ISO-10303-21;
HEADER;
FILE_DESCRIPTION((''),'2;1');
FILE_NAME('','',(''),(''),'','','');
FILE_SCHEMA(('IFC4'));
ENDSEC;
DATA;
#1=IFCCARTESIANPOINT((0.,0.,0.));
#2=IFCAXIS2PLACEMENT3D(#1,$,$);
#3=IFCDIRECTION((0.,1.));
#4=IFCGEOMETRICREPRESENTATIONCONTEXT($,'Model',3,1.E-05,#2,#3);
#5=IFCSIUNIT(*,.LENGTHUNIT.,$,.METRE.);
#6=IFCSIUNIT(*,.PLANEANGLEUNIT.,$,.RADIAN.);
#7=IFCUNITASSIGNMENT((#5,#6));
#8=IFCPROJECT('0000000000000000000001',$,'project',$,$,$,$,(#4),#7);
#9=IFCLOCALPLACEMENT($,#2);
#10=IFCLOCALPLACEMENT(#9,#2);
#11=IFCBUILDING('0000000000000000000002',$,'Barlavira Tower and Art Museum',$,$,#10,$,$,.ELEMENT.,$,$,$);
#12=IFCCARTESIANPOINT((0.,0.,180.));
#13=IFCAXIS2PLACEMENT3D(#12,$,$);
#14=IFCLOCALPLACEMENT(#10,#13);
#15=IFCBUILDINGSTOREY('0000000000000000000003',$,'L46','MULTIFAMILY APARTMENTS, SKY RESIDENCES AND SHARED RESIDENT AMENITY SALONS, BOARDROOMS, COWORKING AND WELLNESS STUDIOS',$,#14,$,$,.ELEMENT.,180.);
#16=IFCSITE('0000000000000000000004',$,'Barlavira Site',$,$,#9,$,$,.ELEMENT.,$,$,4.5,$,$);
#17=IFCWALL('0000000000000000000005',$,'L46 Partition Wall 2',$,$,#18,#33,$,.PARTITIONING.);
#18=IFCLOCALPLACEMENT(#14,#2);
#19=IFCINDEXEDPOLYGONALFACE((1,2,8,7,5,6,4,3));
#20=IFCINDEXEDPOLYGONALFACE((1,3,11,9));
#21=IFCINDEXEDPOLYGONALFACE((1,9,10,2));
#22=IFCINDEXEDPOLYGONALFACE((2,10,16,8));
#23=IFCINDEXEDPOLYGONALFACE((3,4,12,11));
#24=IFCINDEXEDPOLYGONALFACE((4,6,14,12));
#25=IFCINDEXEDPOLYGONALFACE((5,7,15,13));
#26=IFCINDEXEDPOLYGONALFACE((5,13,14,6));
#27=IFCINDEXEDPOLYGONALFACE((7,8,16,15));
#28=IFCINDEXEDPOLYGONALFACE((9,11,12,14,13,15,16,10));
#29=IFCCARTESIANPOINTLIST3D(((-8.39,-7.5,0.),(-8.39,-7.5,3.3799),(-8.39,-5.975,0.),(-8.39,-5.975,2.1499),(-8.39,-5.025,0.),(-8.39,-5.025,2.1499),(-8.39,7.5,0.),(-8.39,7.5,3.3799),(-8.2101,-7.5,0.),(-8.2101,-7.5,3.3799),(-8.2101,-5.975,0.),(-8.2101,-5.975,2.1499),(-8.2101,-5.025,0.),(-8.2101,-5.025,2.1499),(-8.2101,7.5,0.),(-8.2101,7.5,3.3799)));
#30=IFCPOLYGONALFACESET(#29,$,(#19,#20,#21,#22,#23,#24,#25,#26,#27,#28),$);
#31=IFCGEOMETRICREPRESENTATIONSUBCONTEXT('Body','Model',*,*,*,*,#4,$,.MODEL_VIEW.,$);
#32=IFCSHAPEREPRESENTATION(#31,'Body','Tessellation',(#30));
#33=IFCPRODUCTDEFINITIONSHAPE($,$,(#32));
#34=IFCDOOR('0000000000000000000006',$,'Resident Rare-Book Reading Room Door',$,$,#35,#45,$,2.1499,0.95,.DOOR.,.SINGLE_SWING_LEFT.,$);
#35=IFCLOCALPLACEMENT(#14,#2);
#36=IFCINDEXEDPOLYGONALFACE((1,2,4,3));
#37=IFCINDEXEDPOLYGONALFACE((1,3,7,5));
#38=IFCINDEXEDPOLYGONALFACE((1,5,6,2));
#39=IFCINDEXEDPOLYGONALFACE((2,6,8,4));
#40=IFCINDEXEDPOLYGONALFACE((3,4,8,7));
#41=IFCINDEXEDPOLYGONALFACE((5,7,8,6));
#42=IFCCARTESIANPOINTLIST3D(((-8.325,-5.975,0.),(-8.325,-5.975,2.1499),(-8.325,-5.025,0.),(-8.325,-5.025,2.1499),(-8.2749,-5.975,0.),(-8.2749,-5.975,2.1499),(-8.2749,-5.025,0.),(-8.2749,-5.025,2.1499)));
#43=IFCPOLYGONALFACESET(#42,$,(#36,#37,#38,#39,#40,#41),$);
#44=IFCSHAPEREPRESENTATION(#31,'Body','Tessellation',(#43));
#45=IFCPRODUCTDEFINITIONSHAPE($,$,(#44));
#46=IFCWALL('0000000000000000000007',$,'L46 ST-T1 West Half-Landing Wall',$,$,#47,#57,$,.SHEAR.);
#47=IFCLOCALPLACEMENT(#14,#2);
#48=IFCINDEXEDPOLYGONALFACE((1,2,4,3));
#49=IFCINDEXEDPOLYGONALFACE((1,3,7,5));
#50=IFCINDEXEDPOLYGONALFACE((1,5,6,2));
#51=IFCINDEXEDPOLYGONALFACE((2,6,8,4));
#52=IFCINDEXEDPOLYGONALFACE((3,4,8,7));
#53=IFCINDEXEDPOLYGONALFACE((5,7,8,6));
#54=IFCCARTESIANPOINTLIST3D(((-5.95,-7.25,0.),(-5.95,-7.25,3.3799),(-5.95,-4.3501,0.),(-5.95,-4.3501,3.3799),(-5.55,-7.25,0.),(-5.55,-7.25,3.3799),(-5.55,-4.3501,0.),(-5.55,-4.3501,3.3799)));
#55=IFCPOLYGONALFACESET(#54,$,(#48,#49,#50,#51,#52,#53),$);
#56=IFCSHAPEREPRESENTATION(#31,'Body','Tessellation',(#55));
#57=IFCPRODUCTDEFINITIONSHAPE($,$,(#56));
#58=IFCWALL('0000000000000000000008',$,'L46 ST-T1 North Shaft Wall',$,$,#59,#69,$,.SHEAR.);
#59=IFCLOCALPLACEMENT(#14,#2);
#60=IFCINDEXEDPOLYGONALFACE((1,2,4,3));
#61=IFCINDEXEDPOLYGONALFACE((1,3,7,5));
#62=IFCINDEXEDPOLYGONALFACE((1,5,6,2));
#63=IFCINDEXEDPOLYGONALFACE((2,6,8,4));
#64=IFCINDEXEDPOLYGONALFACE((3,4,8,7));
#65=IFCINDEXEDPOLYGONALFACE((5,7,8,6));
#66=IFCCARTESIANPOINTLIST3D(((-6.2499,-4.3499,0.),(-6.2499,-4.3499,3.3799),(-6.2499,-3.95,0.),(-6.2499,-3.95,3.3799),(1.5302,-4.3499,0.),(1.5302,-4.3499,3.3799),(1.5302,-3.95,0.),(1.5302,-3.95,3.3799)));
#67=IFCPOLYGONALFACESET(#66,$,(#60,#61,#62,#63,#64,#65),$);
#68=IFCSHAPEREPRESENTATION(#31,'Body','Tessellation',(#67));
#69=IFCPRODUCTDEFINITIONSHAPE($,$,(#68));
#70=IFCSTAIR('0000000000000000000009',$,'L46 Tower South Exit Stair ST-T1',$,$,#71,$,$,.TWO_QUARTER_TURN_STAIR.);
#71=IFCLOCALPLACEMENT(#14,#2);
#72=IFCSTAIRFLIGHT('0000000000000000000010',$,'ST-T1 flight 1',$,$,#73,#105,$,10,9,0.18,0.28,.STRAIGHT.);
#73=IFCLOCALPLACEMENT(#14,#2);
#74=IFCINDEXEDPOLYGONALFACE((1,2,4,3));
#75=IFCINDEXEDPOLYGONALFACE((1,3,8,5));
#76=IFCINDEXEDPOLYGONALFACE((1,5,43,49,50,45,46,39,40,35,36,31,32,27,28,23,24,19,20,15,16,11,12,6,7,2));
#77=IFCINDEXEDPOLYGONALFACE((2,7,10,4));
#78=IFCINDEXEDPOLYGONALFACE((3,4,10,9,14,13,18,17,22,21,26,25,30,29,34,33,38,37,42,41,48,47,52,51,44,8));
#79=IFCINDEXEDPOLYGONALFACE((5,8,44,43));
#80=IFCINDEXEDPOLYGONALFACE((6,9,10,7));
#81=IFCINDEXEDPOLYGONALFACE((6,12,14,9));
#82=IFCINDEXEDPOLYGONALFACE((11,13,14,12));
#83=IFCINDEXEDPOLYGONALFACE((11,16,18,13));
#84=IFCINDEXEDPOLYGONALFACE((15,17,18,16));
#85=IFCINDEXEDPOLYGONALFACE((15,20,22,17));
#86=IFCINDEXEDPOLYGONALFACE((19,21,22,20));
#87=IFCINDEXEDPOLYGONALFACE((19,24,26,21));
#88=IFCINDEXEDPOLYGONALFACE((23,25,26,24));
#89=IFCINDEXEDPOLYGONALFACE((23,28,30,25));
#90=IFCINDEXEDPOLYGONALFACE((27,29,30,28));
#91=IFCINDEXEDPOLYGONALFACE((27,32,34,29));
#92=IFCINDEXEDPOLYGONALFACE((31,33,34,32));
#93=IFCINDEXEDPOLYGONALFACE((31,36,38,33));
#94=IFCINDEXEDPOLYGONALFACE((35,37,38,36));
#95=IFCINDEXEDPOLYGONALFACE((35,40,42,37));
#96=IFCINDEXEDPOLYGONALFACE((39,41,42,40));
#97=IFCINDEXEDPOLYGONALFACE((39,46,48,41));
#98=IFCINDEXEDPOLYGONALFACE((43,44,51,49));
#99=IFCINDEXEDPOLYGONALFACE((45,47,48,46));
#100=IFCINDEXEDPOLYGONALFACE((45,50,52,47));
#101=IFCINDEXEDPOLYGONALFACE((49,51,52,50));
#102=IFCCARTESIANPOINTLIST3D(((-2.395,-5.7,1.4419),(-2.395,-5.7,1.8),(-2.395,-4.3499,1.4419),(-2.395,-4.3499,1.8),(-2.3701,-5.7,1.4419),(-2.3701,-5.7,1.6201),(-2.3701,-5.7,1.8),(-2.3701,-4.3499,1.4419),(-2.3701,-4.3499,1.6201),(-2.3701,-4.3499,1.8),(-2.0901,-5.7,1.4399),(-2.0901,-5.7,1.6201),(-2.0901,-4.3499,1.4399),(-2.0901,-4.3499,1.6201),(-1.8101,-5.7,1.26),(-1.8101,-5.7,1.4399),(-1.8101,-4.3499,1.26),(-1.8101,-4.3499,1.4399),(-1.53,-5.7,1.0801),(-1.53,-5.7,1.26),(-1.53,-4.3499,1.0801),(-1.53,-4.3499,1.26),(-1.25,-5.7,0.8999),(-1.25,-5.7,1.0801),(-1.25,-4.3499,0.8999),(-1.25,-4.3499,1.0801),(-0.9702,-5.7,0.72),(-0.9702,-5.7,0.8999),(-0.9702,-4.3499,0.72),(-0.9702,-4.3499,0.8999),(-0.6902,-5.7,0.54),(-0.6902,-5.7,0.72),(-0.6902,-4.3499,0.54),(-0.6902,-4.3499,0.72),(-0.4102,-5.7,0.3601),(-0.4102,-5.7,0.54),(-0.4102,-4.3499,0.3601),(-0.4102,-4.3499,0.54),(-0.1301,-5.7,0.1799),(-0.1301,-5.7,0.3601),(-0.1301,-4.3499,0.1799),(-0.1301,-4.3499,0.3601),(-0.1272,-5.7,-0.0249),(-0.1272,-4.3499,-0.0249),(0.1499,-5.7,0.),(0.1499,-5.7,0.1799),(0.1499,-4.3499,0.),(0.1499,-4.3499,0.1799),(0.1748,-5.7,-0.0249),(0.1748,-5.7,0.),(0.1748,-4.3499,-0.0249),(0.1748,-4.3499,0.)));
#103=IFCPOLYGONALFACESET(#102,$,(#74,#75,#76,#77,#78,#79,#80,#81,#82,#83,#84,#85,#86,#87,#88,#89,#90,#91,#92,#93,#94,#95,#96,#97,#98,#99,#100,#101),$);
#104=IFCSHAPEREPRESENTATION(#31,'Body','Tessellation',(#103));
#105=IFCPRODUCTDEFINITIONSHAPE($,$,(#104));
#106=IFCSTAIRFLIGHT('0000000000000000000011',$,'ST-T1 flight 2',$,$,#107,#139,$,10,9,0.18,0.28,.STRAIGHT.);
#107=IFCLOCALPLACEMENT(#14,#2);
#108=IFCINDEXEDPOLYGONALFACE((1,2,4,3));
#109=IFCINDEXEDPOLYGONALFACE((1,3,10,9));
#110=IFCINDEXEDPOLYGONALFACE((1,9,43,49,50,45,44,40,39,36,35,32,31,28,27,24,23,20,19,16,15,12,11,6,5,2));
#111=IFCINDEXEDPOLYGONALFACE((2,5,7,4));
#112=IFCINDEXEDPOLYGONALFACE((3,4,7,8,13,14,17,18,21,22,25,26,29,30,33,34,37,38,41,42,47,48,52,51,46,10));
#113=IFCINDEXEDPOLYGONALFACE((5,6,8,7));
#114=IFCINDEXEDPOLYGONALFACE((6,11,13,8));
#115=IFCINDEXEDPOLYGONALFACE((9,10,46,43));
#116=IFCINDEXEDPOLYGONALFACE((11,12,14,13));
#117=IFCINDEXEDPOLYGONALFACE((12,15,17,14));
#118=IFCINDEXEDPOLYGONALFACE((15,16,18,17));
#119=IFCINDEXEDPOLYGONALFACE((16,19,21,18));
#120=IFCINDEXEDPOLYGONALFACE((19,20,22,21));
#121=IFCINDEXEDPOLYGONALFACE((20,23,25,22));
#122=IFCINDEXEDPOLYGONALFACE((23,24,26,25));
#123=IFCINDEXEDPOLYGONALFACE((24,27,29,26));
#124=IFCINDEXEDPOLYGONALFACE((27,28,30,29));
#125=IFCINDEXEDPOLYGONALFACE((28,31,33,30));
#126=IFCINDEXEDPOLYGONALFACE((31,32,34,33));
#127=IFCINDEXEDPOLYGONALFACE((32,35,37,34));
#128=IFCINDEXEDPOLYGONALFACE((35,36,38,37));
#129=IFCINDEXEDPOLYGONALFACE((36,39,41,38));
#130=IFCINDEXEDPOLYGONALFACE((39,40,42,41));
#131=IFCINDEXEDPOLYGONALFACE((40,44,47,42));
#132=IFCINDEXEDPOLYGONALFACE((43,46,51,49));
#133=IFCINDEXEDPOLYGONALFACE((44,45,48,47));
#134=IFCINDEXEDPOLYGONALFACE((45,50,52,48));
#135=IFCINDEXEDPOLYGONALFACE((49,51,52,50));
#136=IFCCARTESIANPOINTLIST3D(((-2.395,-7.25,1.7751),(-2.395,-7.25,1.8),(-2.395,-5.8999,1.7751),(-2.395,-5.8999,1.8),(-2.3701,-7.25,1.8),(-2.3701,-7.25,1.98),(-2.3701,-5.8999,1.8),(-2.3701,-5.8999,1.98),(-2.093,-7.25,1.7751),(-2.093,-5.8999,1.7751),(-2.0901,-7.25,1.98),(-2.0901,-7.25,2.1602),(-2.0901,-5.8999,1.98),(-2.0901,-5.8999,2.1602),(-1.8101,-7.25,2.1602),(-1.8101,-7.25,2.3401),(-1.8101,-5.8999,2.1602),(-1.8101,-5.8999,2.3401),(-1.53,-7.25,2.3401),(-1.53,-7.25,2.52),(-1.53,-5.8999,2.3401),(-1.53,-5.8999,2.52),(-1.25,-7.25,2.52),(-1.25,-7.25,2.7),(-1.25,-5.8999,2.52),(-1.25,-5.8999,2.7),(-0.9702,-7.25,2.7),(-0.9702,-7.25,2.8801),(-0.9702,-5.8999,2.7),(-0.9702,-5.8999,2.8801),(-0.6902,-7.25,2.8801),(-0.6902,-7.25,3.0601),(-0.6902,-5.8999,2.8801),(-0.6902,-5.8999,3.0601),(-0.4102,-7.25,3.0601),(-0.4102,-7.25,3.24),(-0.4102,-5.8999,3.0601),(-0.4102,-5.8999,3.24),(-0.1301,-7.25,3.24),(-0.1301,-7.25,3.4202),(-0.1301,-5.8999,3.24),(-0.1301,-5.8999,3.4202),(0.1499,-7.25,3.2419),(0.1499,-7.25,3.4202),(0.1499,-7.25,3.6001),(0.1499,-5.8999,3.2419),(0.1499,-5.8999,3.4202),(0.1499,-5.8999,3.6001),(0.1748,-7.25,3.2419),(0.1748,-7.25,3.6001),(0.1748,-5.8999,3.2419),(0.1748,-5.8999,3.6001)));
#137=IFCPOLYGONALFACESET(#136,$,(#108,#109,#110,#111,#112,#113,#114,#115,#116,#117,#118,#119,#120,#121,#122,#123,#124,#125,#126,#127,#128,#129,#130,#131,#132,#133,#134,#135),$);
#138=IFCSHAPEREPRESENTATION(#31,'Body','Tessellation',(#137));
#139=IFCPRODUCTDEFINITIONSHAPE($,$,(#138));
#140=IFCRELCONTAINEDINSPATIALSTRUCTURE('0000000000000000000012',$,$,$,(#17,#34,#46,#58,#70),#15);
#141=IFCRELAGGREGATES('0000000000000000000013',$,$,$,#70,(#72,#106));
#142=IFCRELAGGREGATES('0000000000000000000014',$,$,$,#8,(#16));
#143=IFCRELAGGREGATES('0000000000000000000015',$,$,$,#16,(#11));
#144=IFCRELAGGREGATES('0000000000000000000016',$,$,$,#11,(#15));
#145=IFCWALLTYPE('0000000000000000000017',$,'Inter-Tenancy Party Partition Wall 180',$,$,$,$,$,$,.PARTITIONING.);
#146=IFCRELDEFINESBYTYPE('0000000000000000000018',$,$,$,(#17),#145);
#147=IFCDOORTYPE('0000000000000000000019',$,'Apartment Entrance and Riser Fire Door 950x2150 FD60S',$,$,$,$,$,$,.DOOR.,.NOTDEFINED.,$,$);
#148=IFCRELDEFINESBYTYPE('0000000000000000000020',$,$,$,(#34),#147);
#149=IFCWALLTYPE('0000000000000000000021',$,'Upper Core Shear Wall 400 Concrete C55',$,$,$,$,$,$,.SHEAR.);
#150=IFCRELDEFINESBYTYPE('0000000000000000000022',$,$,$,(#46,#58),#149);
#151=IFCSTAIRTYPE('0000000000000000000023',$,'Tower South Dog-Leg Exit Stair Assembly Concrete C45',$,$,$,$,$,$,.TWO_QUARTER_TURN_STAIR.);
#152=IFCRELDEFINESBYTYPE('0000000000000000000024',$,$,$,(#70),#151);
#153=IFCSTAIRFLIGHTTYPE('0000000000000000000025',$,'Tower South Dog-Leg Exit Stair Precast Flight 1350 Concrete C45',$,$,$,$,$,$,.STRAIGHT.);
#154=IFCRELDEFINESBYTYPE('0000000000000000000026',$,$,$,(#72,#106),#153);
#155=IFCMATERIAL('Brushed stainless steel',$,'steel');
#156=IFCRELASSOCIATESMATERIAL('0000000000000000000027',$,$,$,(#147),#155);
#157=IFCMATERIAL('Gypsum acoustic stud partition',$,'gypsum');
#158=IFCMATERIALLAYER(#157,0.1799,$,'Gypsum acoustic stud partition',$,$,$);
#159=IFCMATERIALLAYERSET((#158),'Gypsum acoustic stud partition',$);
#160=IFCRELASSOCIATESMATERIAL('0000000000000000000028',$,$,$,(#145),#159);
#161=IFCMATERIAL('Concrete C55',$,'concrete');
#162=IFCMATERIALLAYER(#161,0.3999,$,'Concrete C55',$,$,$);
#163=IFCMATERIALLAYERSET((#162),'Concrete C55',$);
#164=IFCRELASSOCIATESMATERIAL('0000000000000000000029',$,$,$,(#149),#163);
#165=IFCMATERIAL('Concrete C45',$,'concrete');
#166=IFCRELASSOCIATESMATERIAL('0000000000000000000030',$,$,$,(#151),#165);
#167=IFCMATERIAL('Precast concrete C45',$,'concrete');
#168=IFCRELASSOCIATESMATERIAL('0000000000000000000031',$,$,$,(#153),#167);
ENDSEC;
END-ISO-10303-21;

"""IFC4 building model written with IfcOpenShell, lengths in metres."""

from ifc_helpers import new_model, si_unit, direction, frame, frame_2d, origin, place, context, subcontext, project, spatial, polyline, rectangle, outline, extrude, material, layer, layer_set, type_object, element, fill, aggregate, save


model = new_model("IFC4")

# Units and contexts
model_context = context("Model", 3, precision=1e-05, world=origin(), true_north=direction((0.0, 1.0)))
body_context = subcontext(model_context, "Body", "Model", "MODEL_VIEW")
ifc_project = project(units=[si_unit("LENGTHUNIT", "METRE"), si_unit("PLANEANGLEUNIT", "RADIAN")], contexts=[model_context])

# Site, building, storey
site_placement = place(None, origin())
site = spatial("IfcSite", under=ifc_project, at=site_placement, Name="Barlavira Site", CompositionType="ELEMENT", RefElevation=4.5)
building_placement = place(site_placement, origin())
building = spatial("IfcBuilding", under=site, at=building_placement, Name="Barlavira Tower and Art Museum", CompositionType="ELEMENT")
storey_placement = place(building_placement, frame((0.0, 0.0, 180.0)))
storey = spatial("IfcBuildingStorey", under=building, at=storey_placement, Name="L46", Description="MULTIFAMILY APARTMENTS, SKY RESIDENCES AND SHARED RESIDENT AMENITY SALONS, BOARDROOMS, COWORKING AND WELLNESS STUDIOS", CompositionType="ELEMENT", Elevation=180.0)

# Shared definitions
ifc_material_1 = material(Name="Brushed stainless steel", Category="steel")
door_type = type_object("IfcDoorType", Name="Apartment Entrance and Riser Fire Door 950x2150 FD60S", OperationType="NOTDEFINED", PredefinedType="DOOR", material=ifc_material_1)

# Wall, opening, door
ifc_material_2 = material(Name="Gypsum acoustic stud partition", Category="gypsum")
ifc_layer_1 = layer(ifc_material_2, 0.1799, Name="Gypsum acoustic stud partition")
ifc_layer_set_1 = layer_set([ifc_layer_1], Name="Gypsum acoustic stud partition")
wall_type_1 = type_object("IfcWallType", Name="Inter-Tenancy Party Partition Wall 180", PredefinedType="PARTITIONING", material=ifc_layer_set_1)
wall_1_placement = place(storey_placement, frame((-8.3, -7.5, 0.0), z_axis=(0.0, 0.0, 1.0), x_axis=(0.0, 1.0, 0.0)))
wall_1 = element("IfcWall", 1, at=wall_1_placement, inside=storey, type_object=wall_type_1, Name="L46 Partition Wall 2", PredefinedType="PARTITIONING", context=body_context, shape_type="SweptSolid", body=[
    extrude(rectangle(XDim=15.0, YDim=0.1799, at=frame_2d((7.5, 0.0))), origin(), (0.0, 0.0, 1.0), 3.3799),
])
opening_1_placement = place(wall_1_placement, frame((1.5249, 0.0, 0.0)))
opening_1 = element("IfcOpeningElement", 2, at=opening_1_placement, cuts=wall_1, PredefinedType="OPENING", context=body_context, shape_type="SweptSolid", body=[
    extrude(rectangle(XDim=0.95, YDim=2.1499, at=frame_2d((0.4751, 1.075))), frame((0.0, 0.1001, 0.0), z_axis=(0.0, -1.0, 0.0), x_axis=(1.0, 0.0, 0.0)), (0.0, 0.0, 1.0), 0.2),
])
door_1_placement = place(opening_1_placement, origin())
door_1 = element("IfcDoor", 3, at=door_1_placement, inside=storey, type_object=door_type, Name="Resident Rare-Book Reading Room Door", OperationType="SINGLE_SWING_LEFT", OverallHeight=2.1499, OverallWidth=0.95, PredefinedType="DOOR", context=body_context, shape_type="SweptSolid", body=[
    extrude(rectangle(XDim=0.95, YDim=2.1499, at=frame_2d((0.4751, 1.075))), frame((0.0, 0.0249, 0.0), z_axis=(0.0, -1.0, 0.0), x_axis=(1.0, 0.0, 0.0)), (0.0, 0.0, 1.0), 0.05),
])
fill(opening_1, door_1)

# Walls
ifc_material_3 = material(Name="Concrete C55", Category="concrete")
ifc_layer_2 = layer(ifc_material_3, 0.3999, Name="Concrete C55")
ifc_layer_set_2 = layer_set([ifc_layer_2], Name="Concrete C55")
wall_type_2 = type_object("IfcWallType", Name="Upper Core Shear Wall 400 Concrete C55", PredefinedType="SHEAR", material=ifc_layer_set_2)
wall_2_placement = place(storey_placement, frame((-5.75, -7.25, 0.0), z_axis=(0.0, 0.0, 1.0), x_axis=(0.0, 1.0, 0.0)))
element("IfcWall", 4, at=wall_2_placement, inside=storey, type_object=wall_type_2, Name="L46 ST-T1 West Half-Landing Wall", PredefinedType="SHEAR", context=body_context, shape_type="SweptSolid", body=[
    extrude(rectangle(XDim=2.8999, YDim=0.3999, at=frame_2d((1.45, 0.0))), origin(), (0.0, 0.0, 1.0), 3.3799),
])
wall_3_placement = place(storey_placement, frame((-6.25, -4.1499, 0.0), z_axis=(0.0, 0.0, 1.0), x_axis=(1.0, 0.0, 0.0)))
element("IfcWall", 5, at=wall_3_placement, inside=storey, type_object=wall_type_2, Name="L46 ST-T1 North Shaft Wall", PredefinedType="SHEAR", context=body_context, shape_type="SweptSolid", body=[
    extrude(rectangle(XDim=7.78, YDim=0.3999, at=frame_2d((3.8901, 0.0))), origin(), (0.0, 0.0, 1.0), 3.3799),
])

# Stair, stair flights
ifc_material_4 = material(Name="Concrete C45", Category="concrete")
stair_type = type_object("IfcStairType", Name="Tower South Dog-Leg Exit Stair Assembly Concrete C45", PredefinedType="TWO_QUARTER_TURN_STAIR", material=ifc_material_4)
stair_placement = place(storey_placement, origin())
stair = element("IfcStair", 6, at=stair_placement, inside=storey, type_object=stair_type, Name="L46 Tower South Exit Stair ST-T1", PredefinedType="TWO_QUARTER_TURN_STAIR")
ifc_material_5 = material(Name="Precast concrete C45", Category="concrete")
stair_flight_type = type_object("IfcStairFlightType", Name="Tower South Dog-Leg Exit Stair Precast Flight 1350 Concrete C45", PredefinedType="STRAIGHT", material=ifc_material_5)
stair_flight_1_placement = place(storey_placement, frame((0.1499, -5.0249, 0.0), z_axis=(0.0, 0.0, 1.0), x_axis=(-1.0, 0.0, 0.0)))
stair_flight_1 = element("IfcStairFlight", 7, at=stair_flight_1_placement, type_object=stair_flight_type, Name="ST-T1 flight 1", NumberOfRisers=10, NumberOfTreads=9, PredefinedType="STRAIGHT", RiserHeight=0.18, TreadLength=0.28, context=body_context, shape_type="SweptSolid", body=[
    extrude(outline(polyline([(-0.0249, 0.0), (0.0, 0.0), (0.0, 0.1799), (0.28, 0.1799), (0.28, 0.3601), (0.5601, 0.3601), (0.5601, 0.54), (0.8401, 0.54), (0.8401, 0.72), (1.1201, 0.72), (1.1201, 0.8999), (1.3999, 0.8999), (1.3999, 1.0801), (1.6799, 1.0801), (1.6799, 1.26), (1.96, 1.26), (1.96, 1.4399), (2.24, 1.4399), (2.24, 1.6201), (2.52, 1.6201), (2.52, 1.8), (2.5449, 1.8), (2.5449, 1.4419), (2.52, 1.4419), (0.2771, -0.0249), (-0.0249, -0.0249), (-0.0249, 0.0)])), frame((0.0, 0.675, 0.0), z_axis=(0.0, -1.0, 0.0), x_axis=(1.0, 0.0, 0.0)), (0.0, 0.0, 1.0), 1.3501),
])
stair_flight_2_placement = place(storey_placement, frame((-2.3701, -6.575, 1.8), z_axis=(0.0, 0.0, 1.0), x_axis=(1.0, 0.0, 0.0)))
stair_flight_2 = element("IfcStairFlight", 8, at=stair_flight_2_placement, type_object=stair_flight_type, Name="ST-T1 flight 2", NumberOfRisers=10, NumberOfTreads=9, PredefinedType="STRAIGHT", RiserHeight=0.18, TreadLength=0.28, context=body_context, shape_type="SweptSolid", body=[
    extrude(outline(polyline([(-0.0249, 0.0), (0.0, 0.0), (0.0, 0.1799), (0.28, 0.1799), (0.28, 0.3601), (0.5601, 0.3601), (0.5601, 0.54), (0.8401, 0.54), (0.8401, 0.72), (1.1201, 0.72), (1.1201, 0.8999), (1.3999, 0.8999), (1.3999, 1.0801), (1.6799, 1.0801), (1.6799, 1.26), (1.96, 1.26), (1.96, 1.4399), (2.24, 1.4399), (2.24, 1.6201), (2.52, 1.6201), (2.52, 1.8), (2.5449, 1.8), (2.5449, 1.4419), (2.52, 1.4419), (0.2771, -0.0249), (-0.0249, -0.0249), (-0.0249, 0.0)])), frame((0.0, 0.675, 0.0), z_axis=(0.0, -1.0, 0.0), x_axis=(1.0, 0.0, 0.0)), (0.0, 0.0, 1.0), 1.3501),
])
aggregate(stair, [stair_flight_1, stair_flight_2])

save(model, "model.ifc")
